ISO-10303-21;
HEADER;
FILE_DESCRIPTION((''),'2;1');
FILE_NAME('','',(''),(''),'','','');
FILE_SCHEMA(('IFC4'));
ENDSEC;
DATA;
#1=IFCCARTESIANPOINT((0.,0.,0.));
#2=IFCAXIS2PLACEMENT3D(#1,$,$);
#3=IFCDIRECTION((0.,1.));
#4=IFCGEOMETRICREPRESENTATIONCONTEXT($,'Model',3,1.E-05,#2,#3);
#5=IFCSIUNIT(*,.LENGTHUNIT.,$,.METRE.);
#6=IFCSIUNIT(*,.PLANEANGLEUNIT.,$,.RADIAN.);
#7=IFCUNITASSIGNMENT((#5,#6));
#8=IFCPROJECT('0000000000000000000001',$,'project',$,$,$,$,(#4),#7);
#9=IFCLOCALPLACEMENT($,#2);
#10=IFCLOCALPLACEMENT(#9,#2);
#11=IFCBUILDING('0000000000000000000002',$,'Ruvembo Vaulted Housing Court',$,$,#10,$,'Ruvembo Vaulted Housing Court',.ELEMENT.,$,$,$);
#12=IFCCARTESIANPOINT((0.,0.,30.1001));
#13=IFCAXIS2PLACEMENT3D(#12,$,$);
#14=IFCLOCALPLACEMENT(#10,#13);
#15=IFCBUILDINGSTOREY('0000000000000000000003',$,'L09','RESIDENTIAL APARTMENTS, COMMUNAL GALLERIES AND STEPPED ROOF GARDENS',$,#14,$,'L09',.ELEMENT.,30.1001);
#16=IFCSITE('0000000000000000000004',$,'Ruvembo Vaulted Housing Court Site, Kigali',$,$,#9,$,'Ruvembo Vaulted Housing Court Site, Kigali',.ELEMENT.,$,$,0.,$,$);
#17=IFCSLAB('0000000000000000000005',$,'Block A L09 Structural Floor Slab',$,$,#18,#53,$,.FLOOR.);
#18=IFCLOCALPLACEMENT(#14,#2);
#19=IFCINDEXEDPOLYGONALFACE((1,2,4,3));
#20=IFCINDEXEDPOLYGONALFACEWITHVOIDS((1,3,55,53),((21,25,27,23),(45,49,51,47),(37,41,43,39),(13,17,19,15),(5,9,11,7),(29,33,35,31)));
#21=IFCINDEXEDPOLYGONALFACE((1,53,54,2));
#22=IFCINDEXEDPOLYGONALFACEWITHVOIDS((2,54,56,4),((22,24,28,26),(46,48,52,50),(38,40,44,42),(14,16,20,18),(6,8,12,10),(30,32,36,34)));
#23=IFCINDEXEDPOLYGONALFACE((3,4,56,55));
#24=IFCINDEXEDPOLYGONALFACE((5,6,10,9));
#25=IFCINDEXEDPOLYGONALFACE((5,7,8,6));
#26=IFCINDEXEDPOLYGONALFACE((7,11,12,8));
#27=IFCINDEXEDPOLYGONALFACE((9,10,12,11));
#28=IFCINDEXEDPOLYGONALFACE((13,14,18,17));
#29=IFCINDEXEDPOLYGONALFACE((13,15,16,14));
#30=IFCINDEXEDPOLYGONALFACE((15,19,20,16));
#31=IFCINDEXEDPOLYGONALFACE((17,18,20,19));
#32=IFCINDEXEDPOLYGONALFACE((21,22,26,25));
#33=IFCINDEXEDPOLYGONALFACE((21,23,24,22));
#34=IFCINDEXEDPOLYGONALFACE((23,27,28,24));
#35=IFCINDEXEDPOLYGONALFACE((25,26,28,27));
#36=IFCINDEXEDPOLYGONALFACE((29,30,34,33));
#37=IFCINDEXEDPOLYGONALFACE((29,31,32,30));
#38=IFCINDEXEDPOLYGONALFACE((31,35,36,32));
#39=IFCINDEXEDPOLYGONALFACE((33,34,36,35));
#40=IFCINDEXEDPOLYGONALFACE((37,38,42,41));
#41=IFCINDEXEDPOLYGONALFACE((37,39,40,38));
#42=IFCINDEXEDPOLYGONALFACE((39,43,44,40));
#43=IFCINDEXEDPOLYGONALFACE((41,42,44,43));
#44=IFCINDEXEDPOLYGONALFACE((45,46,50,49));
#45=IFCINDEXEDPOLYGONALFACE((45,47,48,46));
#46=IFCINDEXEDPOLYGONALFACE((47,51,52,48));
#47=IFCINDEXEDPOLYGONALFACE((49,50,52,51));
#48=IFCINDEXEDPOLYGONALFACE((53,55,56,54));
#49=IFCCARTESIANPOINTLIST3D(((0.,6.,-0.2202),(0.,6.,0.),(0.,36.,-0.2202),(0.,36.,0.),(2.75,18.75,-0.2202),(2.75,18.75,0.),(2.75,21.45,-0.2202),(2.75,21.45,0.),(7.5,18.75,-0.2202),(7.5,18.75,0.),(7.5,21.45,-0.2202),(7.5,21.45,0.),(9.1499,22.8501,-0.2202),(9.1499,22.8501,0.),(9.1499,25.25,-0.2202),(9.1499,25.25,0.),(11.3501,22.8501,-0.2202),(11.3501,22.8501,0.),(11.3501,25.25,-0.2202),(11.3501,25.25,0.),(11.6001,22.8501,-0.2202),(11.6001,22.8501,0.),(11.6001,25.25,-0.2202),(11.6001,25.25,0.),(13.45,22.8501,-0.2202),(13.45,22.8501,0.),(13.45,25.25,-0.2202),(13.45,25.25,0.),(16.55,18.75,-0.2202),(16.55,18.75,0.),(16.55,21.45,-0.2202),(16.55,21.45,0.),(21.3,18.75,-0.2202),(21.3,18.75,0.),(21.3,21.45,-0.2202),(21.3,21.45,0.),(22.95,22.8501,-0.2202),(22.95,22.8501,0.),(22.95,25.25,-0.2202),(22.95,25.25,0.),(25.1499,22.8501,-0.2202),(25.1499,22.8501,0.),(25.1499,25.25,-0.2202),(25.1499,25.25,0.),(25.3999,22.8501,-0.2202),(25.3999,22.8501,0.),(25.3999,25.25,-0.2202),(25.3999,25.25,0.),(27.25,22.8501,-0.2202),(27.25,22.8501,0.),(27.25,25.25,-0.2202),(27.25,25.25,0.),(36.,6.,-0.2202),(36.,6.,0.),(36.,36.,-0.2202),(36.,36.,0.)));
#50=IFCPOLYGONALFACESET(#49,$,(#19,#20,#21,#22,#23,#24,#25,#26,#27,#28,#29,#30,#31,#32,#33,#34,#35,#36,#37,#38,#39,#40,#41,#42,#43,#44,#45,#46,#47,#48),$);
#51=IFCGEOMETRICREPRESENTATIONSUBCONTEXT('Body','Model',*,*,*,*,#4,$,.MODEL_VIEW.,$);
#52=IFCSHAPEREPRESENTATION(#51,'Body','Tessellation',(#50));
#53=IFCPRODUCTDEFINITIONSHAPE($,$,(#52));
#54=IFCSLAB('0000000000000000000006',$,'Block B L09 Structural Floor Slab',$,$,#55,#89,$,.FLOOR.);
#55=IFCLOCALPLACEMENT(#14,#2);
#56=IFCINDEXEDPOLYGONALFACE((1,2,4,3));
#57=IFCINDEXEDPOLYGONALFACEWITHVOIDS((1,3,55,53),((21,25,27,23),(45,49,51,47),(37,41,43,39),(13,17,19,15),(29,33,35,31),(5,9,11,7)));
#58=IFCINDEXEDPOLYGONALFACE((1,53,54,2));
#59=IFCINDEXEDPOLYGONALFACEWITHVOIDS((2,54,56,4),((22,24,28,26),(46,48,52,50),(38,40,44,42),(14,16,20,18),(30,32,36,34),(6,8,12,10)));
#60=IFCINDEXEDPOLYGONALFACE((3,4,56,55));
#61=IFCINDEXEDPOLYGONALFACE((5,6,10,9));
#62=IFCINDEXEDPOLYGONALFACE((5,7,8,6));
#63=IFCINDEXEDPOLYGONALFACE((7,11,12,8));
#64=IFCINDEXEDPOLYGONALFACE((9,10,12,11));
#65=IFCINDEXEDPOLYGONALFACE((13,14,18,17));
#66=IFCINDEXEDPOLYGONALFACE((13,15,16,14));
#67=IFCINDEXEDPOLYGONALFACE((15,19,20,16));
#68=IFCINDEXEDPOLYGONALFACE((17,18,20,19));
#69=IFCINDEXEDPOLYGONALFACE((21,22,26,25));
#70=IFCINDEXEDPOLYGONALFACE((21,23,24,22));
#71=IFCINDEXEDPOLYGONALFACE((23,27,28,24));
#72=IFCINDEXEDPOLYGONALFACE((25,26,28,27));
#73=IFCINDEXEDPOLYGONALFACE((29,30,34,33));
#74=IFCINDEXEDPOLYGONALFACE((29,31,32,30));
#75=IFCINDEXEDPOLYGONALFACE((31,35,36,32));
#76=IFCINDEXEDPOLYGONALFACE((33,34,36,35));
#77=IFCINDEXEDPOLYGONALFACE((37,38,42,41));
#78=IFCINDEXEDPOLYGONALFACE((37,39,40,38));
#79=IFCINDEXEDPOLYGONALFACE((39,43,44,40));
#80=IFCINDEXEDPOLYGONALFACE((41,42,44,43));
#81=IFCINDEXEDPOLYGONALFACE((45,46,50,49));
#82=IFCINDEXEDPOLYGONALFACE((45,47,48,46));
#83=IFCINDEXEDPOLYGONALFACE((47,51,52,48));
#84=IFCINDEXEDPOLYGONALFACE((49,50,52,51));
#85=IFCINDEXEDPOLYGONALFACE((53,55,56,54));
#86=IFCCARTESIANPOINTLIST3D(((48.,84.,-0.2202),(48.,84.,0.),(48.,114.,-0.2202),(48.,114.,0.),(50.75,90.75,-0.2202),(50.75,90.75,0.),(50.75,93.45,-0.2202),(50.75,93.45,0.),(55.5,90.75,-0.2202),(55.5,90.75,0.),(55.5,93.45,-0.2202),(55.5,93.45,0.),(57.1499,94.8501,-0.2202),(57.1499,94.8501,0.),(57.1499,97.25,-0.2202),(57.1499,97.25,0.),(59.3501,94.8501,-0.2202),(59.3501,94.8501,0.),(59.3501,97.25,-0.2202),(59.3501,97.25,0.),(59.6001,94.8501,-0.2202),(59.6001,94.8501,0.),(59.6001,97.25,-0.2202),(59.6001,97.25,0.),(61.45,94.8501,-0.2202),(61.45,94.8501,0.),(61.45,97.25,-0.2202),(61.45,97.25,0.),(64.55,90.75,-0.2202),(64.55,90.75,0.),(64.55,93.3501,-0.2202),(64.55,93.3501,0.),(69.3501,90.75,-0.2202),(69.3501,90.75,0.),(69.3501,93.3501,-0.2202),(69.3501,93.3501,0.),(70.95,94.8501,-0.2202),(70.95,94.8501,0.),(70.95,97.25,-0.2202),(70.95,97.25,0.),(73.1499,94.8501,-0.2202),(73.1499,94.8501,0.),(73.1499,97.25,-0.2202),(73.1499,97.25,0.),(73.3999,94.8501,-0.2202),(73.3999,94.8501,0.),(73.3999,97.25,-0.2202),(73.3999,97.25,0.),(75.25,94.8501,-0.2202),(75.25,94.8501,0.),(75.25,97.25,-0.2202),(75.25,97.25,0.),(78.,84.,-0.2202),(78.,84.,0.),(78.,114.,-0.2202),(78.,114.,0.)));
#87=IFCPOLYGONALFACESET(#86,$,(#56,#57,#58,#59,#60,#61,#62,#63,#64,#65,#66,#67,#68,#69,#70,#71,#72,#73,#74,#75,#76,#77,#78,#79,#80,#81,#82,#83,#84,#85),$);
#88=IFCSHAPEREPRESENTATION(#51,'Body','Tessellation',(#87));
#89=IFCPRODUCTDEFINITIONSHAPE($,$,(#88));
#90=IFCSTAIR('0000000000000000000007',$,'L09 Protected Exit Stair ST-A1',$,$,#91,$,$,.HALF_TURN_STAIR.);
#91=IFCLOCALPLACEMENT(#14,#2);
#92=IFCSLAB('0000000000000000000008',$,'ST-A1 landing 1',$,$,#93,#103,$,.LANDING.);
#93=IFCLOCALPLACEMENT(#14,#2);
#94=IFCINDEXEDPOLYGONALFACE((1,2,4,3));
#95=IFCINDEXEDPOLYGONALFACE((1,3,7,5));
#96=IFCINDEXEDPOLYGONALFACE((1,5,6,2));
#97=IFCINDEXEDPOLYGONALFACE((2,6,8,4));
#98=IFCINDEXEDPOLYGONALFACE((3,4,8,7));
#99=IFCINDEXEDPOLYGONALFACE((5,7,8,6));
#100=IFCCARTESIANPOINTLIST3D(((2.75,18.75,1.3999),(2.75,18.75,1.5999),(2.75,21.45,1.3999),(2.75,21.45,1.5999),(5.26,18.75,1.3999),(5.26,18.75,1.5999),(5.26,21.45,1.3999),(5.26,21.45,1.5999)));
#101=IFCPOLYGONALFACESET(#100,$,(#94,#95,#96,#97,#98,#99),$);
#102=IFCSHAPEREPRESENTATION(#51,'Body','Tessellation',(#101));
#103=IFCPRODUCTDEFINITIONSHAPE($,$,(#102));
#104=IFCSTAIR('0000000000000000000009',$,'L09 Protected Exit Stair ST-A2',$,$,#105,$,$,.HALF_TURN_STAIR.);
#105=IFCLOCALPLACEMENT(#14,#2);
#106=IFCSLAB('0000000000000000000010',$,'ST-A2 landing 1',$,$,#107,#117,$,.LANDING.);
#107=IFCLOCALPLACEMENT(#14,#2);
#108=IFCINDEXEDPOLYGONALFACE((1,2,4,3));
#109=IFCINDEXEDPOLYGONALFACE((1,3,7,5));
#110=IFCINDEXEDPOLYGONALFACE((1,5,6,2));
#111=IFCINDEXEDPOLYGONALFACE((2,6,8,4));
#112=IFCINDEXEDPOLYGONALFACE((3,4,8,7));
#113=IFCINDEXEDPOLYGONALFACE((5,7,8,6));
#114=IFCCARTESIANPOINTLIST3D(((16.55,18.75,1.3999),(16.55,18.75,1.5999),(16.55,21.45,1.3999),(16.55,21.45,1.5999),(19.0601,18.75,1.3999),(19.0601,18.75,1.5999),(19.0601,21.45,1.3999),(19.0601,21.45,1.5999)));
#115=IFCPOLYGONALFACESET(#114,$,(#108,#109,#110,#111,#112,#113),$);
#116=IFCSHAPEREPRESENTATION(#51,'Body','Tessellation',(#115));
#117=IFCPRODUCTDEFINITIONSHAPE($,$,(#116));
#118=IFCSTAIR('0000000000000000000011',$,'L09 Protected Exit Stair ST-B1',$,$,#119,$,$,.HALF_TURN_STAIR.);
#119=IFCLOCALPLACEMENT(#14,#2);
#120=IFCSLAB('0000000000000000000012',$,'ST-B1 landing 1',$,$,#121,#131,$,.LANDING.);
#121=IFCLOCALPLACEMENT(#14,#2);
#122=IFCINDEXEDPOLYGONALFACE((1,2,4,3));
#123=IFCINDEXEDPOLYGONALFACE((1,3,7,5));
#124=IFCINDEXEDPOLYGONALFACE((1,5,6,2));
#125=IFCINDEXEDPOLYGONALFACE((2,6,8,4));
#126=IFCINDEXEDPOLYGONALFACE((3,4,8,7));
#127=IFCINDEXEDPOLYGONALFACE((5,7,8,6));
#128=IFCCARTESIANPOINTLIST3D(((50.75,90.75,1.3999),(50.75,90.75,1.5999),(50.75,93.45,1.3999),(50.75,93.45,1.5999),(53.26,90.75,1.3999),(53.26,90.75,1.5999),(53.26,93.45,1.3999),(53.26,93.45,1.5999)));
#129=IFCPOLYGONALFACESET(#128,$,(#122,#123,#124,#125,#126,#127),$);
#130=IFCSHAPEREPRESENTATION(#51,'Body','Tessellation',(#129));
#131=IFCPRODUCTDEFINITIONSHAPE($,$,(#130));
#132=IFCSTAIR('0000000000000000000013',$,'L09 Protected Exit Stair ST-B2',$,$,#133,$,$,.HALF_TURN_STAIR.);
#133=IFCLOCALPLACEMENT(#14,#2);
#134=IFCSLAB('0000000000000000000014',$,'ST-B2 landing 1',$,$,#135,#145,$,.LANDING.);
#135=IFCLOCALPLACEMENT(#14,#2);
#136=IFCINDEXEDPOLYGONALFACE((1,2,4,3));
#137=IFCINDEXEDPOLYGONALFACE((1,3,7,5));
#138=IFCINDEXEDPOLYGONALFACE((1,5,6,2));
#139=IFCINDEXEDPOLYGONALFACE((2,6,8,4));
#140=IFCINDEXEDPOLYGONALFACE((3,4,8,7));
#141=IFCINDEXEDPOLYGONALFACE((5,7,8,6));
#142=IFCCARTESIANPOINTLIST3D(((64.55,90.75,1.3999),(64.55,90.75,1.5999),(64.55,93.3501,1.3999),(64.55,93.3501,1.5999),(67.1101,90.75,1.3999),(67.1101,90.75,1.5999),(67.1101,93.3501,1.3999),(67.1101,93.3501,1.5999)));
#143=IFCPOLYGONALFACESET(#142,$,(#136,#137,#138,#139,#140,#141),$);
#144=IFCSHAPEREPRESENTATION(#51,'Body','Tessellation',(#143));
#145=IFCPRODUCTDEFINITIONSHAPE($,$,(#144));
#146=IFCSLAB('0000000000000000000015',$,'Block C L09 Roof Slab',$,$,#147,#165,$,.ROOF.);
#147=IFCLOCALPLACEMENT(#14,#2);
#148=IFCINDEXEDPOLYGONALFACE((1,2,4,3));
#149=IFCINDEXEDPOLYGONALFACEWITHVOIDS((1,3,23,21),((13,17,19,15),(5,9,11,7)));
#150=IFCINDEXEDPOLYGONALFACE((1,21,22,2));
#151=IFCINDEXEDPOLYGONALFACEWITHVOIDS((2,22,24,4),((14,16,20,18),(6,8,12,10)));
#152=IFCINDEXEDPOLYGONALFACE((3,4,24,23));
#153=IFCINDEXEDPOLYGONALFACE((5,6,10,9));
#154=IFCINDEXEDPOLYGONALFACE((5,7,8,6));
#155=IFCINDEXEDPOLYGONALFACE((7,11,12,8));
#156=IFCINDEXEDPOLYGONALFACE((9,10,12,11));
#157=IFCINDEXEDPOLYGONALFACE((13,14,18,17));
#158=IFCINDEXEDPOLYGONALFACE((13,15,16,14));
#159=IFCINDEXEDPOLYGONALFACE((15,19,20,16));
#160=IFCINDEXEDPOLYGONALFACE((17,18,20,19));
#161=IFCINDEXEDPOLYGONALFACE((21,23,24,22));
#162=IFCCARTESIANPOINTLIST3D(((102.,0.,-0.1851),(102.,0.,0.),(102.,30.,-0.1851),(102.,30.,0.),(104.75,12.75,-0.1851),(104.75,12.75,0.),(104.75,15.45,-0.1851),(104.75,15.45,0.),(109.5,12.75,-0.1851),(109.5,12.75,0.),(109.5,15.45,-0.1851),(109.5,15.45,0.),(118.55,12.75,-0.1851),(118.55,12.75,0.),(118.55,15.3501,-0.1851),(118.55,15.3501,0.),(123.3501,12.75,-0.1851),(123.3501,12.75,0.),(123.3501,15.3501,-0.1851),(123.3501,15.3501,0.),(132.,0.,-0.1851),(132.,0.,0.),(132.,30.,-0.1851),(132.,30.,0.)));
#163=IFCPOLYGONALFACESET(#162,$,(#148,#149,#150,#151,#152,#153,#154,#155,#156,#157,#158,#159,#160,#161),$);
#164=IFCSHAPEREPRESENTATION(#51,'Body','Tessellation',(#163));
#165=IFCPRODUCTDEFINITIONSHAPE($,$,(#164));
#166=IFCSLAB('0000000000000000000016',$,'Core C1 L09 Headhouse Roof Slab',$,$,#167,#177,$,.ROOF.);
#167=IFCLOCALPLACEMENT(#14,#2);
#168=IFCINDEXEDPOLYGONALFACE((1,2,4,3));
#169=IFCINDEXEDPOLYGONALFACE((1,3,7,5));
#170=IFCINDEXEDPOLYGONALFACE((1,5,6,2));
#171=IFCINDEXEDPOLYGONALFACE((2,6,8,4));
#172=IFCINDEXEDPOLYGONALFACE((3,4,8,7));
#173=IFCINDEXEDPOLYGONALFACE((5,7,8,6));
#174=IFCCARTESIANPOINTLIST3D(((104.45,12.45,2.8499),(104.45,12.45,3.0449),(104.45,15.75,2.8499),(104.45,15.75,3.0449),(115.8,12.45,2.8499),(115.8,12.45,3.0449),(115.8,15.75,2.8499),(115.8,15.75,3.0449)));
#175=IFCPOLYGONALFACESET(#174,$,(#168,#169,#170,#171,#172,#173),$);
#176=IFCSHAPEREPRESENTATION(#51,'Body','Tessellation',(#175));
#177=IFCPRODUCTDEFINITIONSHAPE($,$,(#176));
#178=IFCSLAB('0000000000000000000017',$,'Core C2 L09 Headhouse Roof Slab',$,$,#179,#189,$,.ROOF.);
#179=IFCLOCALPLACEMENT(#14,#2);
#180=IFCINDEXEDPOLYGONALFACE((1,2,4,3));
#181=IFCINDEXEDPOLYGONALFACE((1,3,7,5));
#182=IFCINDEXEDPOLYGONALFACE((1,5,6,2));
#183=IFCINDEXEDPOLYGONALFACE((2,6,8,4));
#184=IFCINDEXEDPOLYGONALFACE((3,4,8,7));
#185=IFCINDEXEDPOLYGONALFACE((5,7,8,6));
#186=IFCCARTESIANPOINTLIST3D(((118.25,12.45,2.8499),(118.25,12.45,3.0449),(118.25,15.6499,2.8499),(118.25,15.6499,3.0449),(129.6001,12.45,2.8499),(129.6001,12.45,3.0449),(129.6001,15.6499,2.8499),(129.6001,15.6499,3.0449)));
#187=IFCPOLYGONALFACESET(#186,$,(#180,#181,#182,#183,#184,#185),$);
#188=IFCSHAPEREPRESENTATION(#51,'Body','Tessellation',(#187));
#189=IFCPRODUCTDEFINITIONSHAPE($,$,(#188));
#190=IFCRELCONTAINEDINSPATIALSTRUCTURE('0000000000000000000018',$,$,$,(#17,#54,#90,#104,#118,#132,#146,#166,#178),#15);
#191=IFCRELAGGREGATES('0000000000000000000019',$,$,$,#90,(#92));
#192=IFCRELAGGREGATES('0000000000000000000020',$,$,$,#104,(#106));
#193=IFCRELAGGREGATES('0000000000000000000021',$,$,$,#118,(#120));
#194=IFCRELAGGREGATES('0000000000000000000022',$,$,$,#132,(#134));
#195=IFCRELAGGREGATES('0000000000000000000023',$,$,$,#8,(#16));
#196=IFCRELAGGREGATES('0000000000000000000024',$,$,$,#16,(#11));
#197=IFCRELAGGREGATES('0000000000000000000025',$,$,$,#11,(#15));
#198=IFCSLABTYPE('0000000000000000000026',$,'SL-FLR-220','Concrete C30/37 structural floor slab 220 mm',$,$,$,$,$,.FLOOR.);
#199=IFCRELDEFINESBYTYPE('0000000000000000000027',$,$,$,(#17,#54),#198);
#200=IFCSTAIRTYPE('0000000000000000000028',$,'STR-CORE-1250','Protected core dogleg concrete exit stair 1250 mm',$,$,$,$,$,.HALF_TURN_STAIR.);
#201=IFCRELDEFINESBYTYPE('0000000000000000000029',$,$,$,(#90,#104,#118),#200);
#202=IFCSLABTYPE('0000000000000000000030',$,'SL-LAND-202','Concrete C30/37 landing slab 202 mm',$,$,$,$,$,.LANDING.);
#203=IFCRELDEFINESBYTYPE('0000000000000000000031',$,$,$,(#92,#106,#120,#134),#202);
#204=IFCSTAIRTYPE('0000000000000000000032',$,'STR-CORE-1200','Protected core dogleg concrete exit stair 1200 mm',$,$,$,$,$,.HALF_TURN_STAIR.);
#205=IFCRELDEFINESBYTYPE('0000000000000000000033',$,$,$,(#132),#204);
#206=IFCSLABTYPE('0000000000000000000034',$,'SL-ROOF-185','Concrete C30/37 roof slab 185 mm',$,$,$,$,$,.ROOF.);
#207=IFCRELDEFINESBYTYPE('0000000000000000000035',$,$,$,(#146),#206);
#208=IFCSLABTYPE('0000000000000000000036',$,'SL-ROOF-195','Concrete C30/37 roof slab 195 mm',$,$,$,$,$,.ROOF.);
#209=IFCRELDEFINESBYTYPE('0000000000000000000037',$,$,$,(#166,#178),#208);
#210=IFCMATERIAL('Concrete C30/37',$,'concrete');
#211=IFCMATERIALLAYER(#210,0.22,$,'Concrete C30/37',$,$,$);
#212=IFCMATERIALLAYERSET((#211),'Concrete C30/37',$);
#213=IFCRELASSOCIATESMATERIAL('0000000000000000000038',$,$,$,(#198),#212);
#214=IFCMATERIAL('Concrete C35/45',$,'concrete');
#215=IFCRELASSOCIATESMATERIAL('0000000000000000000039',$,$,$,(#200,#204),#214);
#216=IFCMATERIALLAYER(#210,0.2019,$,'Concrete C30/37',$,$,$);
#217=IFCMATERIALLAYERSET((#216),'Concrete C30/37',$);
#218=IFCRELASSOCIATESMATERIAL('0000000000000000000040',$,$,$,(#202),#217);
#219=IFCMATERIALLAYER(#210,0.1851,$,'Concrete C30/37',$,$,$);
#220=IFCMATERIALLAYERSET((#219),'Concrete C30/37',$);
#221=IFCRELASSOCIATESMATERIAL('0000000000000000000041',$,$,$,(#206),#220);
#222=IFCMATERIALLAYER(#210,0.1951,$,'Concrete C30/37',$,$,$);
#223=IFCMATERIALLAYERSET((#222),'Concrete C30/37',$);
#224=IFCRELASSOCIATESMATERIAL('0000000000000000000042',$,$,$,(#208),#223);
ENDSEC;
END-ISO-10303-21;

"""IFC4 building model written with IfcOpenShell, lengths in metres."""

from ifc_helpers import new_model, si_unit, direction, frame, origin, place, context, subcontext, project, spatial, polyline, outline, extrude, material, layer, layer_set, type_object, element, aggregate, save


model = new_model("IFC4")

# Units and contexts
model_context = context("Model", 3, precision=1e-05, world=origin(), true_north=direction((0.0, 1.0)))
body_context = subcontext(model_context, "Body", "Model", "MODEL_VIEW")
ifc_project = project(units=[si_unit("LENGTHUNIT", "METRE"), si_unit("PLANEANGLEUNIT", "RADIAN")], contexts=[model_context])

# Site, building, storey
site_placement = place(None, origin())
site = spatial("IfcSite", under=ifc_project, at=site_placement, Name="Ruvembo Vaulted Housing Court Site, Kigali", LongName="Ruvembo Vaulted Housing Court Site, Kigali", CompositionType="ELEMENT", RefElevation=0.0)
building_placement = place(site_placement, origin())
building = spatial("IfcBuilding", under=site, at=building_placement, Name="Ruvembo Vaulted Housing Court", LongName="Ruvembo Vaulted Housing Court", CompositionType="ELEMENT")
storey_placement = place(building_placement, frame((0.0, 0.0, 30.1001)))
storey = spatial("IfcBuildingStorey", under=building, at=storey_placement, Name="L09", Description="RESIDENTIAL APARTMENTS, COMMUNAL GALLERIES AND STEPPED ROOF GARDENS", LongName="L09", CompositionType="ELEMENT", Elevation=30.1001)

# Slabs
ifc_material_1 = material(Name="Concrete C30/37", Category="concrete")
ifc_layer_1 = layer(ifc_material_1, 0.22, Name="Concrete C30/37")
ifc_layer_set_1 = layer_set([ifc_layer_1], Name="Concrete C30/37")
slab_type_1 = type_object("IfcSlabType", Name="SL-FLR-220", Description="Concrete C30/37 structural floor slab 220 mm", PredefinedType="FLOOR", material=ifc_layer_set_1)
slab_1_placement = place(storey_placement, frame((0.0, 0.0, -0.2202)))
element("IfcSlab", 1, at=slab_1_placement, inside=storey, type_object=slab_type_1, Name="Block A L09 Structural Floor Slab", PredefinedType="FLOOR", context=body_context, shape_type="SweptSolid", body=[
    extrude(outline(polyline([(36.0, 6.0), (36.0, 36.0), (0.0, 36.0), (0.0, 6.0), (36.0, 6.0)]), holes=[polyline([(7.5, 21.45), (2.75, 21.45), (2.75, 18.75), (7.5, 18.75), (7.5, 21.45)]), polyline([(9.1499, 22.8501), (11.3501, 22.8501), (11.3501, 25.25), (9.1499, 25.25), (9.1499, 22.8501)]), polyline([(11.6001, 22.8501), (13.45, 22.8501), (13.45, 25.25), (11.6001, 25.25), (11.6001, 22.8501)]), polyline([(21.3, 21.45), (16.55, 21.45), (16.55, 18.75), (21.3, 18.75), (21.3, 21.45)]), polyline([(22.95, 22.8501), (25.1499, 22.8501), (25.1499, 25.25), (22.95, 25.25), (22.95, 22.8501)]), polyline([(25.3999, 22.8501), (27.25, 22.8501), (27.25, 25.25), (25.3999, 25.25), (25.3999, 22.8501)])]), origin(), (0.0, 0.0, 1.0), 0.2202),
])
slab_2_placement = place(storey_placement, frame((0.0, 0.0, -0.2202)))
element("IfcSlab", 2, at=slab_2_placement, inside=storey, type_object=slab_type_1, Name="Block B L09 Structural Floor Slab", PredefinedType="FLOOR", context=body_context, shape_type="SweptSolid", body=[
    extrude(outline(polyline([(78.0, 84.0), (78.0, 114.0), (48.0, 114.0), (48.0, 84.0), (78.0, 84.0)]), holes=[polyline([(55.5, 93.45), (50.75, 93.45), (50.75, 90.75), (55.5, 90.75), (55.5, 93.45)]), polyline([(57.1499, 94.8501), (59.3501, 94.8501), (59.3501, 97.25), (57.1499, 97.25), (57.1499, 94.8501)]), polyline([(59.6001, 94.8501), (61.45, 94.8501), (61.45, 97.25), (59.6001, 97.25), (59.6001, 94.8501)]), polyline([(69.3501, 93.3501), (64.55, 93.3501), (64.55, 90.75), (69.3501, 90.75), (69.3501, 93.3501)]), polyline([(70.95, 94.8501), (73.1499, 94.8501), (73.1499, 97.25), (70.95, 97.25), (70.95, 94.8501)]), polyline([(73.3999, 94.8501), (75.25, 94.8501), (75.25, 97.25), (73.3999, 97.25), (73.3999, 94.8501)])]), origin(), (0.0, 0.0, 1.0), 0.2202),
])

# Stairs, slabs
ifc_material_2 = material(Name="Concrete C35/45", Category="concrete")
stair_type_1 = type_object("IfcStairType", Name="STR-CORE-1250", Description="Protected core dogleg concrete exit stair 1250 mm", PredefinedType="HALF_TURN_STAIR", material=ifc_material_2)
stair_1_placement = place(storey_placement, origin())
stair_1 = element("IfcStair", 3, at=stair_1_placement, inside=storey, type_object=stair_type_1, Name="L09 Protected Exit Stair ST-A1", PredefinedType="HALF_TURN_STAIR")
ifc_layer_2 = layer(ifc_material_1, 0.2019, Name="Concrete C30/37")
ifc_layer_set_2 = layer_set([ifc_layer_2], Name="Concrete C30/37")
slab_type_2 = type_object("IfcSlabType", Name="SL-LAND-202", Description="Concrete C30/37 landing slab 202 mm", PredefinedType="LANDING", material=ifc_layer_set_2)
slab_3_placement = place(storey_placement, frame((0.0, 0.0, 1.3999)))
slab_3 = element("IfcSlab", 4, at=slab_3_placement, type_object=slab_type_2, Name="ST-A1 landing 1", PredefinedType="LANDING", context=body_context, shape_type="SweptSolid", body=[
    extrude(outline(polyline([(5.26, 21.45), (2.75, 21.45), (2.75, 18.75), (5.26, 18.75), (5.26, 21.45)])), origin(), (0.0, 0.0, 1.0), 0.2),
])
aggregate(stair_1, [slab_3])
stair_2_placement = place(storey_placement, origin())
stair_2 = element("IfcStair", 5, at=stair_2_placement, inside=storey, type_object=stair_type_1, Name="L09 Protected Exit Stair ST-A2", PredefinedType="HALF_TURN_STAIR")
slab_4_placement = place(storey_placement, frame((0.0, 0.0, 1.3999)))
slab_4 = element("IfcSlab", 6, at=slab_4_placement, type_object=slab_type_2, Name="ST-A2 landing 1", PredefinedType="LANDING", context=body_context, shape_type="SweptSolid", body=[
    extrude(outline(polyline([(19.0601, 21.45), (16.55, 21.45), (16.55, 18.75), (19.0601, 18.75), (19.0601, 21.45)])), origin(), (0.0, 0.0, 1.0), 0.2),
])
aggregate(stair_2, [slab_4])
stair_3_placement = place(storey_placement, origin())
stair_3 = element("IfcStair", 7, at=stair_3_placement, inside=storey, type_object=stair_type_1, Name="L09 Protected Exit Stair ST-B1", PredefinedType="HALF_TURN_STAIR")
slab_5_placement = place(storey_placement, frame((0.0, 0.0, 1.3999)))
slab_5 = element("IfcSlab", 8, at=slab_5_placement, type_object=slab_type_2, Name="ST-B1 landing 1", PredefinedType="LANDING", context=body_context, shape_type="SweptSolid", body=[
    extrude(outline(polyline([(53.26, 93.45), (50.75, 93.45), (50.75, 90.75), (53.26, 90.75), (53.26, 93.45)])), origin(), (0.0, 0.0, 1.0), 0.2),
])
aggregate(stair_3, [slab_5])
stair_type_2 = type_object("IfcStairType", Name="STR-CORE-1200", Description="Protected core dogleg concrete exit stair 1200 mm", PredefinedType="HALF_TURN_STAIR", material=ifc_material_2)
stair_4_placement = place(storey_placement, origin())
stair_4 = element("IfcStair", 9, at=stair_4_placement, inside=storey, type_object=stair_type_2, Name="L09 Protected Exit Stair ST-B2", PredefinedType="HALF_TURN_STAIR")
slab_6_placement = place(storey_placement, frame((0.0, 0.0, 1.3999)))
slab_6 = element("IfcSlab", 10, at=slab_6_placement, type_object=slab_type_2, Name="ST-B2 landing 1", PredefinedType="LANDING", context=body_context, shape_type="SweptSolid", body=[
    extrude(outline(polyline([(67.1101, 93.3501), (64.55, 93.3501), (64.55, 90.75), (67.1101, 90.75), (67.1101, 93.3501)])), origin(), (0.0, 0.0, 1.0), 0.2),
])
aggregate(stair_4, [slab_6])

# Slabs
ifc_layer_3 = layer(ifc_material_1, 0.1851, Name="Concrete C30/37")
ifc_layer_set_3 = layer_set([ifc_layer_3], Name="Concrete C30/37")
slab_type_3 = type_object("IfcSlabType", Name="SL-ROOF-185", Description="Concrete C30/37 roof slab 185 mm", PredefinedType="ROOF", material=ifc_layer_set_3)
slab_7_placement = place(storey_placement, frame((0.0, 0.0, -0.1851)))
element("IfcSlab", 11, at=slab_7_placement, inside=storey, type_object=slab_type_3, Name="Block C L09 Roof Slab", PredefinedType="ROOF", context=body_context, shape_type="SweptSolid", body=[
    extrude(outline(polyline([(132.0, 0.0), (132.0, 30.0), (102.0, 30.0), (102.0, 0.0), (132.0, 0.0)]), holes=[polyline([(109.5, 15.45), (104.75, 15.45), (104.75, 12.75), (109.5, 12.75), (109.5, 15.45)]), polyline([(123.3501, 15.3501), (118.55, 15.3501), (118.55, 12.75), (123.3501, 12.75), (123.3501, 15.3501)])]), origin(), (0.0, 0.0, 1.0), 0.1851),
])
ifc_layer_4 = layer(ifc_material_1, 0.1951, Name="Concrete C30/37")
ifc_layer_set_4 = layer_set([ifc_layer_4], Name="Concrete C30/37")
slab_type_4 = type_object("IfcSlabType", Name="SL-ROOF-195", Description="Concrete C30/37 roof slab 195 mm", PredefinedType="ROOF", material=ifc_layer_set_4)
slab_8_placement = place(storey_placement, frame((0.0, 0.0, 2.8499)))
element("IfcSlab", 12, at=slab_8_placement, inside=storey, type_object=slab_type_4, Name="Core C1 L09 Headhouse Roof Slab", PredefinedType="ROOF", context=body_context, shape_type="SweptSolid", body=[
    extrude(outline(polyline([(104.45, 12.45), (115.8, 12.45), (115.8, 15.75), (104.45, 15.75), (104.45, 12.45)])), origin(), (0.0, 0.0, 1.0), 0.1951),
])
slab_9_placement = place(storey_placement, frame((0.0, 0.0, 2.8499)))
element("IfcSlab", 13, at=slab_9_placement, inside=storey, type_object=slab_type_4, Name="Core C2 L09 Headhouse Roof Slab", PredefinedType="ROOF", context=body_context, shape_type="SweptSolid", body=[
    extrude(outline(polyline([(118.25, 12.45), (129.6001, 12.45), (129.6001, 15.6499), (118.25, 15.6499), (118.25, 12.45)])), origin(), (0.0, 0.0, 1.0), 0.1951),
])

save(model, "model.ifc")
